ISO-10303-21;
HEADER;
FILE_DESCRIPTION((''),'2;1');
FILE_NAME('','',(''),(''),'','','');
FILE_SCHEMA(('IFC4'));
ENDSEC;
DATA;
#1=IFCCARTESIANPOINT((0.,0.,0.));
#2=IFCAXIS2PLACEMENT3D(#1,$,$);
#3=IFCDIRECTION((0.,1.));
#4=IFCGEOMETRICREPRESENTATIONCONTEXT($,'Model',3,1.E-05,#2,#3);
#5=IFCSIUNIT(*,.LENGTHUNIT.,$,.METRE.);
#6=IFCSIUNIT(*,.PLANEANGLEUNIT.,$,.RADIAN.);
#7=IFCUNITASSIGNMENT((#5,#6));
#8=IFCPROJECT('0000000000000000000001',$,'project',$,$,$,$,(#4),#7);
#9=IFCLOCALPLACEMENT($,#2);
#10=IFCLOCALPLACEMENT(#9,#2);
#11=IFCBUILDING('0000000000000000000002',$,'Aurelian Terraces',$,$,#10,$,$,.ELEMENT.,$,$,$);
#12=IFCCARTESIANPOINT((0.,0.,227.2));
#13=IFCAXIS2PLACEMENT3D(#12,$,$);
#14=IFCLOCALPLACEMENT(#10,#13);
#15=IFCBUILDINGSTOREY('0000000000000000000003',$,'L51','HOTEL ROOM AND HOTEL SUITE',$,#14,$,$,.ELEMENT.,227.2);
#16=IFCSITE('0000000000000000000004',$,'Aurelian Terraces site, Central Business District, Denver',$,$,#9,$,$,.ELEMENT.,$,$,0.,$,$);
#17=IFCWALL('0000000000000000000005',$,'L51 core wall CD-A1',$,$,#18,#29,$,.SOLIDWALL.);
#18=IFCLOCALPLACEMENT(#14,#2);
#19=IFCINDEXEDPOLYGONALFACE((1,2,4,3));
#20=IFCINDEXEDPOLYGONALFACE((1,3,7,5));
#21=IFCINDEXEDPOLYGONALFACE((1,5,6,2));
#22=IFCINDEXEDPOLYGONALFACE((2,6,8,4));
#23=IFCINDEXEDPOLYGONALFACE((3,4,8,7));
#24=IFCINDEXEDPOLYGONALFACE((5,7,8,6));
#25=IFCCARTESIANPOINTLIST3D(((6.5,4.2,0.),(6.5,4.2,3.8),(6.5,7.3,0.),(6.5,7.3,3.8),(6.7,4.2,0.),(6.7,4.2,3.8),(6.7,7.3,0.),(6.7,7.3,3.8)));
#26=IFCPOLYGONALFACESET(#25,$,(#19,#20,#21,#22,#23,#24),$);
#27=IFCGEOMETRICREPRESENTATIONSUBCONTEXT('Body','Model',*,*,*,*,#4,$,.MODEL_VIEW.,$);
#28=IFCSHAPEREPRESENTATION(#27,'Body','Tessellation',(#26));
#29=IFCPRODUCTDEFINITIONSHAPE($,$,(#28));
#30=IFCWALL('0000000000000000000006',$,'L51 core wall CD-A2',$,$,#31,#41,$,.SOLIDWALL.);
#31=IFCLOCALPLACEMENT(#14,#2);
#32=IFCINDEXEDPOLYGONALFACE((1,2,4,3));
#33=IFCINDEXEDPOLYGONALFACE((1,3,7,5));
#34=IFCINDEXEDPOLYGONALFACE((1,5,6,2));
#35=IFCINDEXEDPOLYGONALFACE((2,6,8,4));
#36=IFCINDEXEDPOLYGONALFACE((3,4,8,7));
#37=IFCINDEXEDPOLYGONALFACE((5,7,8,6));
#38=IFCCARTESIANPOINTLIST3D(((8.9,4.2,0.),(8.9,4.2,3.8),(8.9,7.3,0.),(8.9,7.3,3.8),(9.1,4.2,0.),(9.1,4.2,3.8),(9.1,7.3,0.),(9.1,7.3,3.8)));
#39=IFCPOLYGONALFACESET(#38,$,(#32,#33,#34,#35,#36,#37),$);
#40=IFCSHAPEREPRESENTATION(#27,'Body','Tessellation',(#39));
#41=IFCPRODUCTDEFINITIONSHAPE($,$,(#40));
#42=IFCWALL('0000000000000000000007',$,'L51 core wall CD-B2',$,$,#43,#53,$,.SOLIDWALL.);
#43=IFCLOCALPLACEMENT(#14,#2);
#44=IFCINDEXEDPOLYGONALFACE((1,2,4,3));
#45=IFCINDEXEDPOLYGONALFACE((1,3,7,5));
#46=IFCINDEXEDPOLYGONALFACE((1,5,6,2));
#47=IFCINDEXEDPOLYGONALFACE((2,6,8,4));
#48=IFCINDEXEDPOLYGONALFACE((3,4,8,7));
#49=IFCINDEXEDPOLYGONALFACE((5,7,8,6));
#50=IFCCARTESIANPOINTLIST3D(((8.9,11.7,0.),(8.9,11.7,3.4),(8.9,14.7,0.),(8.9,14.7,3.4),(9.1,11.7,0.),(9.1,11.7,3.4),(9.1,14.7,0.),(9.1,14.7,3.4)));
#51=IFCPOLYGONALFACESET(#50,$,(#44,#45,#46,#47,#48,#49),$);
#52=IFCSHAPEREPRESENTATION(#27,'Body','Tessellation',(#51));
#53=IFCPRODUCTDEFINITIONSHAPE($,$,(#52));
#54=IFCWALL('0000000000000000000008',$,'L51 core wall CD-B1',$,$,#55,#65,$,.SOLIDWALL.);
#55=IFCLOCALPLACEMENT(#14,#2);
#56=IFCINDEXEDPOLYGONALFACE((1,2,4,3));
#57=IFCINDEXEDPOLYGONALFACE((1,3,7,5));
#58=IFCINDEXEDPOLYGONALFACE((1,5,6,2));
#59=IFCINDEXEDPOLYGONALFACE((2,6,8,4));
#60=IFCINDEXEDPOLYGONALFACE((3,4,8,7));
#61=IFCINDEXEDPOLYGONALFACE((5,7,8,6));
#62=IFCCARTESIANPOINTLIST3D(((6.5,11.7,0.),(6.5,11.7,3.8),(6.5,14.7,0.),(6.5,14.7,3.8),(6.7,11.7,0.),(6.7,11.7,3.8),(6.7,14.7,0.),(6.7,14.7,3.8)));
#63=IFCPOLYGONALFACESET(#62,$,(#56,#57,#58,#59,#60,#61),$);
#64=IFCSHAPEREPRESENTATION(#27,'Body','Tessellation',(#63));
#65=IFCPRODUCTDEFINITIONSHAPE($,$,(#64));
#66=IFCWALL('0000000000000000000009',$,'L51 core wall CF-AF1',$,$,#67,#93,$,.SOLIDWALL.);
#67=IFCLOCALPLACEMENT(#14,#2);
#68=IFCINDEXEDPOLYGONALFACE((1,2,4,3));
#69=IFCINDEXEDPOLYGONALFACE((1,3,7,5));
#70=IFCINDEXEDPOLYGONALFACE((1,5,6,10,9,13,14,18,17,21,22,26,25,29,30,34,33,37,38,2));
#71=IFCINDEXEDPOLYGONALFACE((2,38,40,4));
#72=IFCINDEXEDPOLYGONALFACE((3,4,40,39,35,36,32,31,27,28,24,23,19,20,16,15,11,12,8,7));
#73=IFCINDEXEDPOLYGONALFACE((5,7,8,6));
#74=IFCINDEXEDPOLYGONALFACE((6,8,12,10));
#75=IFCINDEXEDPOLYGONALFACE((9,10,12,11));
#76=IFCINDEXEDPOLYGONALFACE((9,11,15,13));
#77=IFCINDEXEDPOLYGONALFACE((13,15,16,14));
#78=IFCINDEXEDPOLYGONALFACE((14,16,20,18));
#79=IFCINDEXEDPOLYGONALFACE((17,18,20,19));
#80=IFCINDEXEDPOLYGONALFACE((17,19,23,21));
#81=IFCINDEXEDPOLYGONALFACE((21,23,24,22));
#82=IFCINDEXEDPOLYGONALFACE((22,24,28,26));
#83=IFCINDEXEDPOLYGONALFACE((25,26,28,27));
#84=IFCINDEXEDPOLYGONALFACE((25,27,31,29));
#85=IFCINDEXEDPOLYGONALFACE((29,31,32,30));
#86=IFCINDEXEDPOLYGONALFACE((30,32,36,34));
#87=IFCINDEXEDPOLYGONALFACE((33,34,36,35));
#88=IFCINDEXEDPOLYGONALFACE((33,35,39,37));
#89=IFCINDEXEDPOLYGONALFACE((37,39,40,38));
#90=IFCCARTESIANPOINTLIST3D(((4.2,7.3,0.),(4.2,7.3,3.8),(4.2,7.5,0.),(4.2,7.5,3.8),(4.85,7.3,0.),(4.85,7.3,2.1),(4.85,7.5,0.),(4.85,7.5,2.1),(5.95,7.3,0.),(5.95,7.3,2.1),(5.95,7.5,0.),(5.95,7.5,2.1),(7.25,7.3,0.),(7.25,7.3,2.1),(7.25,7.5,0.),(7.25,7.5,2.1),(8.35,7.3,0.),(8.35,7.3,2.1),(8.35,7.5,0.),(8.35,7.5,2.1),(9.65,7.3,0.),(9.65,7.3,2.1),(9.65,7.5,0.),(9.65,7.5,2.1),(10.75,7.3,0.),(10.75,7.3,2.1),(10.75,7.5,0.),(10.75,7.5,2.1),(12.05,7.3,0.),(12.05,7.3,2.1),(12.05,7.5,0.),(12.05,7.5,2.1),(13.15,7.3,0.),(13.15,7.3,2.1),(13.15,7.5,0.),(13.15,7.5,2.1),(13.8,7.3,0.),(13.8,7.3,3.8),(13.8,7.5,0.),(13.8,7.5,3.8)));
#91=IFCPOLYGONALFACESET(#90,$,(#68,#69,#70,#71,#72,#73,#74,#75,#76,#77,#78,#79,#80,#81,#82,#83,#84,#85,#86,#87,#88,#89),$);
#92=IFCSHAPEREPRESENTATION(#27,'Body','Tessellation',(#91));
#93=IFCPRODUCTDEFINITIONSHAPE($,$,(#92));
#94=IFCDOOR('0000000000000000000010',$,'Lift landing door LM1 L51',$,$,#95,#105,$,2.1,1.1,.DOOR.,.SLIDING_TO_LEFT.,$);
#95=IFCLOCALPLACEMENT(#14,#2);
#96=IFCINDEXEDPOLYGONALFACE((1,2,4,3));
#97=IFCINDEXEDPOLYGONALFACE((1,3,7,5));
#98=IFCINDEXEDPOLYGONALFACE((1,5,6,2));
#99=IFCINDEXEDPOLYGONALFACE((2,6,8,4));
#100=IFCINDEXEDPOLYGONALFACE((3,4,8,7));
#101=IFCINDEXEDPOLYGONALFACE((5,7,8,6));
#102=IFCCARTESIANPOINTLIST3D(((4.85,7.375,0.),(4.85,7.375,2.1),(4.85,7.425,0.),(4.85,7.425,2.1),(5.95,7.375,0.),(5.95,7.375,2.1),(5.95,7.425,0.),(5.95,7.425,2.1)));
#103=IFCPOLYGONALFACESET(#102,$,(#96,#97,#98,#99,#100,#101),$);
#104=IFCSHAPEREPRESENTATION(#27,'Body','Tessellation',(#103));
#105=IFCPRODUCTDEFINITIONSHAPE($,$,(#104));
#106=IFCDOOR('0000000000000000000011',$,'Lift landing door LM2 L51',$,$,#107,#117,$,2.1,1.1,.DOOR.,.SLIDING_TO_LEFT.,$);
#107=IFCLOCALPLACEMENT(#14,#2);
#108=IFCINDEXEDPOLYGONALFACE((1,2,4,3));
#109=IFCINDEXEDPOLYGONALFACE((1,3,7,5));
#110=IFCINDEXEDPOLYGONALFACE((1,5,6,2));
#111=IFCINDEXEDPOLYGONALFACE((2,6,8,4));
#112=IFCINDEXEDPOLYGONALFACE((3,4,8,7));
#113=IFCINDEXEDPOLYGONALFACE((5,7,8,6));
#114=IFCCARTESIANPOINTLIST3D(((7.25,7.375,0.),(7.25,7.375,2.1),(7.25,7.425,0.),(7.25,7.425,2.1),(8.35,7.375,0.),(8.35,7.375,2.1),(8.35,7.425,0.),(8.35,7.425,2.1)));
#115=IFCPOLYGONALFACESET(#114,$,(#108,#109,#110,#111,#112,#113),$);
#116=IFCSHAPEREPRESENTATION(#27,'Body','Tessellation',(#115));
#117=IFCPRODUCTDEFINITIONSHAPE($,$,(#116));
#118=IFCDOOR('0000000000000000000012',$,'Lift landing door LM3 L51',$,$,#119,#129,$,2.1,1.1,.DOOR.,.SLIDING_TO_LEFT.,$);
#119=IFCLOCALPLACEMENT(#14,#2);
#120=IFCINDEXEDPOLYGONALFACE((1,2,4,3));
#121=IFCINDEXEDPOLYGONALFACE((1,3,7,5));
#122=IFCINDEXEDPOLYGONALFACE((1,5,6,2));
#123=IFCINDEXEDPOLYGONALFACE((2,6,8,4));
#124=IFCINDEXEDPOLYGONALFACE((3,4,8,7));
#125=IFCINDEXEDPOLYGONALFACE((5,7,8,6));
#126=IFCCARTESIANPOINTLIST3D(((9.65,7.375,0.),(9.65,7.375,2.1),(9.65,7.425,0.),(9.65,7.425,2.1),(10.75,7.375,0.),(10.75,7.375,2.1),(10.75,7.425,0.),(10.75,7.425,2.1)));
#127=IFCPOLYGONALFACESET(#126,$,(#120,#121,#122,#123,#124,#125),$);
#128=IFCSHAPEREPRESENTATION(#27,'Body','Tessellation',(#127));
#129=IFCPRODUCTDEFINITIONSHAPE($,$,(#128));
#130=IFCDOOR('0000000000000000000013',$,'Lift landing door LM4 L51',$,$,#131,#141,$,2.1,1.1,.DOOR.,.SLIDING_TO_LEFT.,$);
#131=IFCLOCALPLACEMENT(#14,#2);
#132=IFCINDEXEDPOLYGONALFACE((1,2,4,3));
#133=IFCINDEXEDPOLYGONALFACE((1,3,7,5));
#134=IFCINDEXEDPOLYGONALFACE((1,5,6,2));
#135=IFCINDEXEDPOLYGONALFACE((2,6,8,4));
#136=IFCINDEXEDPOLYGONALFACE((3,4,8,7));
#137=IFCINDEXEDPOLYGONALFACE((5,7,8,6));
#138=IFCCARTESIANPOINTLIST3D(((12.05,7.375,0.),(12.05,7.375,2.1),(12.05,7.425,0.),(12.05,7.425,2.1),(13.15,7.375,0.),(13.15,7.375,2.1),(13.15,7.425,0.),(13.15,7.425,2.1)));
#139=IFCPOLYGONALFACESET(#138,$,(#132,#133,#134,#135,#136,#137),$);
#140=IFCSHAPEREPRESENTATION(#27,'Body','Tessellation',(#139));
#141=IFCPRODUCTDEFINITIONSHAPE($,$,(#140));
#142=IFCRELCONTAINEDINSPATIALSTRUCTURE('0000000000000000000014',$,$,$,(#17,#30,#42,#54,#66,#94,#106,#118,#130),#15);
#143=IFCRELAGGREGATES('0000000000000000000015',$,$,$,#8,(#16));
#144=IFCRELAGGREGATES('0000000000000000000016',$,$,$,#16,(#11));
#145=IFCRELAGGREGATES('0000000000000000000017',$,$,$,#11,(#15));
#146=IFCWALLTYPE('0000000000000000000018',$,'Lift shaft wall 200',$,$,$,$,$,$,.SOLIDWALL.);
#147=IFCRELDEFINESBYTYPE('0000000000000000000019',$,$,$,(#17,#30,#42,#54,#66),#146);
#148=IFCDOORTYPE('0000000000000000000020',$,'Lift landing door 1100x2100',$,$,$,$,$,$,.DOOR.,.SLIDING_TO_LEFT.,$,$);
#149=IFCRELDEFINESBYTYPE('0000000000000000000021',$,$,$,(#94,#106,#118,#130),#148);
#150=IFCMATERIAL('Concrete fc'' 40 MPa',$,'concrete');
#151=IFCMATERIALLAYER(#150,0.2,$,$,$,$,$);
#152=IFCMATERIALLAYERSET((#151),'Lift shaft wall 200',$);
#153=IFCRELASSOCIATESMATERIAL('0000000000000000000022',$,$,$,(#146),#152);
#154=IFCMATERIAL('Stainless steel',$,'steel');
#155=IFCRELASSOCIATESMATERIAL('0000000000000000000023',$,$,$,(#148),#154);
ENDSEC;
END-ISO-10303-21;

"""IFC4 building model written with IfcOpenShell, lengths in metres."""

from ifc_helpers import new_model, si_unit, direction, frame, frame_2d, origin, place, context, subcontext, project, spatial, rectangle, extrude, source, transform, mapped, material, layer, layer_set, type_object, element, fill, save


model = new_model("IFC4")

# Units and contexts
model_context = context("Model", 3, precision=1e-05, world=origin(), true_north=direction((0.0, 1.0)))
body_context = subcontext(model_context, "Body", "Model", "MODEL_VIEW")
ifc_project = project(units=[si_unit("LENGTHUNIT", "METRE"), si_unit("PLANEANGLEUNIT", "RADIAN")], contexts=[model_context])

# Site, building, storey
site_placement = place(None, origin())
site = spatial("IfcSite", under=ifc_project, at=site_placement, Name="Aurelian Terraces site, Central Business District, Denver", CompositionType="ELEMENT", RefElevation=0.0)
building_placement = place(site_placement, origin())
building = spatial("IfcBuilding", under=site, at=building_placement, Name="Aurelian Terraces", CompositionType="ELEMENT")
storey_placement = place(building_placement, frame((0.0, 0.0, 227.2)))
storey = spatial("IfcBuildingStorey", under=building, at=storey_placement, Name="L51", Description="HOTEL ROOM AND HOTEL SUITE", CompositionType="ELEMENT", Elevation=227.2)

# Shared definitions
ifc_material_1 = material(Name="Concrete fc' 40 MPa", Category="concrete")

# Walls
ifc_layer_1 = layer(ifc_material_1, 0.2)
ifc_layer_set_1 = layer_set([ifc_layer_1], Name="Lift shaft wall 200")
wall_type_1 = type_object("IfcWallType", Name="Lift shaft wall 200", PredefinedType="SOLIDWALL", material=ifc_layer_set_1)
shared_shape_1 = source(origin(), body_context, "Body", "SweptSolid", [
    extrude(rectangle(XDim=3.1, YDim=0.2, at=frame_2d((1.55, 0.0))), origin(), (0.0, 0.0, 1.0), 3.8),
])
for number, where, z_axis, x_axis, name in (
    (1, (6.6, 4.2, 0.0), (0.0, 0.0, 1.0), (0.0, 1.0, 0.0), "L51 core wall CD-A1"),
    (2, (9.0, 4.2, 0.0), (0.0, 0.0, 1.0), (0.0, 1.0, 0.0), "L51 core wall CD-A2"),
):
    element("IfcWall", number, at=place(storey_placement, frame(where, z_axis=z_axis, x_axis=x_axis)), inside=storey, type_object=wall_type_1, Name=name, PredefinedType="SOLIDWALL", context=body_context, shape_type="MappedRepresentation", body=[
        mapped(shared_shape_1, transform((0.0, 0.0, 0.0), scale=1.0)),
    ])
shared_shape_2 = source(origin(), body_context, "Body", "SweptSolid", [
    extrude(rectangle(XDim=3.0, YDim=0.2, at=frame_2d((1.5, 0.0))), origin(), (0.0, 0.0, 1.0), 3.4),
])
wall_1_placement = place(storey_placement, frame((9.0, 11.7, 0.0), z_axis=(0.0, 0.0, 1.0), x_axis=(0.0, 1.0, 0.0)))
element("IfcWall", 3, at=wall_1_placement, inside=storey, type_object=wall_type_1, Name="L51 core wall CD-B2", PredefinedType="SOLIDWALL", context=body_context, shape_type="MappedRepresentation", body=[
    mapped(shared_shape_2, transform((0.0, 0.0, 0.0), scale=1.0)),
])
shared_shape_3 = source(origin(), body_context, "Body", "SweptSolid", [
    extrude(rectangle(XDim=3.0, YDim=0.2, at=frame_2d((1.5, 0.0))), origin(), (0.0, 0.0, 1.0), 3.8),
])
wall_2_placement = place(storey_placement, frame((6.6, 11.7, 0.0), z_axis=(0.0, 0.0, 1.0), x_axis=(0.0, 1.0, 0.0)))
element("IfcWall", 4, at=wall_2_placement, inside=storey, type_object=wall_type_1, Name="L51 core wall CD-B1", PredefinedType="SOLIDWALL", context=body_context, shape_type="MappedRepresentation", body=[
    mapped(shared_shape_3, transform((0.0, 0.0, 0.0), scale=1.0)),
])

# Wall, openings, doors
shared_shape_4 = source(origin(), body_context, "Body", "SweptSolid", [
    extrude(rectangle(XDim=9.6, YDim=0.2, at=frame_2d((4.8, 0.0))), origin(), (0.0, 0.0, 1.0), 3.8),
])
wall_3_placement = place(storey_placement, frame((4.2, 7.4, 0.0), z_axis=(0.0, 0.0, 1.0), x_axis=(1.0, 0.0, 0.0)))
wall_3 = element("IfcWall", 5, at=wall_3_placement, inside=storey, type_object=wall_type_1, Name="L51 core wall CF-AF1", PredefinedType="SOLIDWALL", context=body_context, shape_type="MappedRepresentation", body=[
    mapped(shared_shape_4, transform((0.0, 0.0, 0.0), scale=1.0)),
])
shared_shape_5 = source(origin(), body_context, "Body", "SweptSolid", [
    extrude(rectangle(XDim=1.1, YDim=2.1, at=frame_2d((0.55, 1.05))), frame((0.0, 0.11, 0.0), z_axis=(0.0, -1.0, 0.0), x_axis=(1.0, 0.0, 0.0)), (0.0, 0.0, 1.0), 0.22),
])
opening_1_placement = place(wall_3_placement, frame((0.65, 0.0, 0.0)))
opening_1 = element("IfcOpeningElement", 6, at=opening_1_placement, cuts=wall_3, PredefinedType="OPENING", context=body_context, shape_type="MappedRepresentation", body=[
    mapped(shared_shape_5, transform((0.0, 0.0, 0.0), scale=1.0)),
])
opening_2_placement = place(wall_3_placement, frame((3.05, 0.0, 0.0)))
opening_2 = element("IfcOpeningElement", 7, at=opening_2_placement, cuts=wall_3, PredefinedType="OPENING", context=body_context, shape_type="MappedRepresentation", body=[
    mapped(shared_shape_5, transform((0.0, 0.0, 0.0), scale=1.0)),
])
opening_3_placement = place(wall_3_placement, frame((5.45, 0.0, 0.0)))
opening_3 = element("IfcOpeningElement", 8, at=opening_3_placement, cuts=wall_3, PredefinedType="OPENING", context=body_context, shape_type="MappedRepresentation", body=[
    mapped(shared_shape_5, transform((0.0, 0.0, 0.0), scale=1.0)),
])
opening_4_placement = place(wall_3_placement, frame((7.85, 0.0, 0.0)))
opening_4 = element("IfcOpeningElement", 9, at=opening_4_placement, cuts=wall_3, PredefinedType="OPENING", context=body_context, shape_type="MappedRepresentation", body=[
    mapped(shared_shape_5, transform((0.0, 0.0, 0.0), scale=1.0)),
])
ifc_material_2 = material(Name="Stainless steel", Category="steel")
door_type_1 = type_object("IfcDoorType", Name="Lift landing door 1100x2100", OperationType="SLIDING_TO_LEFT", PredefinedType="DOOR", material=ifc_material_2)
shared_shape_6 = source(origin(), body_context, "Body", "SweptSolid", [
    extrude(rectangle(XDim=1.1, YDim=2.1, at=frame_2d((0.55, 1.05))), frame((0.0, 0.025, 0.0), z_axis=(0.0, -1.0, 0.0), x_axis=(1.0, 0.0, 0.0)), (0.0, 0.0, 1.0), 0.05),
])
door_1_placement = place(opening_1_placement, origin())
door_1 = element("IfcDoor", 10, at=door_1_placement, inside=storey, type_object=door_type_1, Name="Lift landing door LM1 L51", OperationType="SLIDING_TO_LEFT", OverallHeight=2.1, OverallWidth=1.1, PredefinedType="DOOR", context=body_context, shape_type="MappedRepresentation", body=[
    mapped(shared_shape_6, transform((0.0, 0.0, 0.0), scale=1.0)),
])
fill(opening_1, door_1)
door_2_placement = place(opening_2_placement, origin())
door_2 = element("IfcDoor", 11, at=door_2_placement, inside=storey, type_object=door_type_1, Name="Lift landing door LM2 L51", OperationType="SLIDING_TO_LEFT", OverallHeight=2.1, OverallWidth=1.1, PredefinedType="DOOR", context=body_context, shape_type="MappedRepresentation", body=[
    mapped(shared_shape_6, transform((0.0, 0.0, 0.0), scale=1.0)),
])
fill(opening_2, door_2)
door_3_placement = place(opening_3_placement, origin())
door_3 = element("IfcDoor", 12, at=door_3_placement, inside=storey, type_object=door_type_1, Name="Lift landing door LM3 L51", OperationType="SLIDING_TO_LEFT", OverallHeight=2.1, OverallWidth=1.1, PredefinedType="DOOR", context=body_context, shape_type="MappedRepresentation", body=[
    mapped(shared_shape_6, transform((0.0, 0.0, 0.0), scale=1.0)),
])
fill(opening_3, door_3)
door_4_placement = place(opening_4_placement, origin())
door_4 = element("IfcDoor", 13, at=door_4_placement, inside=storey, type_object=door_type_1, Name="Lift landing door LM4 L51", OperationType="SLIDING_TO_LEFT", OverallHeight=2.1, OverallWidth=1.1, PredefinedType="DOOR", context=body_context, shape_type="MappedRepresentation", body=[
    mapped(shared_shape_6, transform((0.0, 0.0, 0.0), scale=1.0)),
])
fill(opening_4, door_4)

save(model, "model.ifc")
